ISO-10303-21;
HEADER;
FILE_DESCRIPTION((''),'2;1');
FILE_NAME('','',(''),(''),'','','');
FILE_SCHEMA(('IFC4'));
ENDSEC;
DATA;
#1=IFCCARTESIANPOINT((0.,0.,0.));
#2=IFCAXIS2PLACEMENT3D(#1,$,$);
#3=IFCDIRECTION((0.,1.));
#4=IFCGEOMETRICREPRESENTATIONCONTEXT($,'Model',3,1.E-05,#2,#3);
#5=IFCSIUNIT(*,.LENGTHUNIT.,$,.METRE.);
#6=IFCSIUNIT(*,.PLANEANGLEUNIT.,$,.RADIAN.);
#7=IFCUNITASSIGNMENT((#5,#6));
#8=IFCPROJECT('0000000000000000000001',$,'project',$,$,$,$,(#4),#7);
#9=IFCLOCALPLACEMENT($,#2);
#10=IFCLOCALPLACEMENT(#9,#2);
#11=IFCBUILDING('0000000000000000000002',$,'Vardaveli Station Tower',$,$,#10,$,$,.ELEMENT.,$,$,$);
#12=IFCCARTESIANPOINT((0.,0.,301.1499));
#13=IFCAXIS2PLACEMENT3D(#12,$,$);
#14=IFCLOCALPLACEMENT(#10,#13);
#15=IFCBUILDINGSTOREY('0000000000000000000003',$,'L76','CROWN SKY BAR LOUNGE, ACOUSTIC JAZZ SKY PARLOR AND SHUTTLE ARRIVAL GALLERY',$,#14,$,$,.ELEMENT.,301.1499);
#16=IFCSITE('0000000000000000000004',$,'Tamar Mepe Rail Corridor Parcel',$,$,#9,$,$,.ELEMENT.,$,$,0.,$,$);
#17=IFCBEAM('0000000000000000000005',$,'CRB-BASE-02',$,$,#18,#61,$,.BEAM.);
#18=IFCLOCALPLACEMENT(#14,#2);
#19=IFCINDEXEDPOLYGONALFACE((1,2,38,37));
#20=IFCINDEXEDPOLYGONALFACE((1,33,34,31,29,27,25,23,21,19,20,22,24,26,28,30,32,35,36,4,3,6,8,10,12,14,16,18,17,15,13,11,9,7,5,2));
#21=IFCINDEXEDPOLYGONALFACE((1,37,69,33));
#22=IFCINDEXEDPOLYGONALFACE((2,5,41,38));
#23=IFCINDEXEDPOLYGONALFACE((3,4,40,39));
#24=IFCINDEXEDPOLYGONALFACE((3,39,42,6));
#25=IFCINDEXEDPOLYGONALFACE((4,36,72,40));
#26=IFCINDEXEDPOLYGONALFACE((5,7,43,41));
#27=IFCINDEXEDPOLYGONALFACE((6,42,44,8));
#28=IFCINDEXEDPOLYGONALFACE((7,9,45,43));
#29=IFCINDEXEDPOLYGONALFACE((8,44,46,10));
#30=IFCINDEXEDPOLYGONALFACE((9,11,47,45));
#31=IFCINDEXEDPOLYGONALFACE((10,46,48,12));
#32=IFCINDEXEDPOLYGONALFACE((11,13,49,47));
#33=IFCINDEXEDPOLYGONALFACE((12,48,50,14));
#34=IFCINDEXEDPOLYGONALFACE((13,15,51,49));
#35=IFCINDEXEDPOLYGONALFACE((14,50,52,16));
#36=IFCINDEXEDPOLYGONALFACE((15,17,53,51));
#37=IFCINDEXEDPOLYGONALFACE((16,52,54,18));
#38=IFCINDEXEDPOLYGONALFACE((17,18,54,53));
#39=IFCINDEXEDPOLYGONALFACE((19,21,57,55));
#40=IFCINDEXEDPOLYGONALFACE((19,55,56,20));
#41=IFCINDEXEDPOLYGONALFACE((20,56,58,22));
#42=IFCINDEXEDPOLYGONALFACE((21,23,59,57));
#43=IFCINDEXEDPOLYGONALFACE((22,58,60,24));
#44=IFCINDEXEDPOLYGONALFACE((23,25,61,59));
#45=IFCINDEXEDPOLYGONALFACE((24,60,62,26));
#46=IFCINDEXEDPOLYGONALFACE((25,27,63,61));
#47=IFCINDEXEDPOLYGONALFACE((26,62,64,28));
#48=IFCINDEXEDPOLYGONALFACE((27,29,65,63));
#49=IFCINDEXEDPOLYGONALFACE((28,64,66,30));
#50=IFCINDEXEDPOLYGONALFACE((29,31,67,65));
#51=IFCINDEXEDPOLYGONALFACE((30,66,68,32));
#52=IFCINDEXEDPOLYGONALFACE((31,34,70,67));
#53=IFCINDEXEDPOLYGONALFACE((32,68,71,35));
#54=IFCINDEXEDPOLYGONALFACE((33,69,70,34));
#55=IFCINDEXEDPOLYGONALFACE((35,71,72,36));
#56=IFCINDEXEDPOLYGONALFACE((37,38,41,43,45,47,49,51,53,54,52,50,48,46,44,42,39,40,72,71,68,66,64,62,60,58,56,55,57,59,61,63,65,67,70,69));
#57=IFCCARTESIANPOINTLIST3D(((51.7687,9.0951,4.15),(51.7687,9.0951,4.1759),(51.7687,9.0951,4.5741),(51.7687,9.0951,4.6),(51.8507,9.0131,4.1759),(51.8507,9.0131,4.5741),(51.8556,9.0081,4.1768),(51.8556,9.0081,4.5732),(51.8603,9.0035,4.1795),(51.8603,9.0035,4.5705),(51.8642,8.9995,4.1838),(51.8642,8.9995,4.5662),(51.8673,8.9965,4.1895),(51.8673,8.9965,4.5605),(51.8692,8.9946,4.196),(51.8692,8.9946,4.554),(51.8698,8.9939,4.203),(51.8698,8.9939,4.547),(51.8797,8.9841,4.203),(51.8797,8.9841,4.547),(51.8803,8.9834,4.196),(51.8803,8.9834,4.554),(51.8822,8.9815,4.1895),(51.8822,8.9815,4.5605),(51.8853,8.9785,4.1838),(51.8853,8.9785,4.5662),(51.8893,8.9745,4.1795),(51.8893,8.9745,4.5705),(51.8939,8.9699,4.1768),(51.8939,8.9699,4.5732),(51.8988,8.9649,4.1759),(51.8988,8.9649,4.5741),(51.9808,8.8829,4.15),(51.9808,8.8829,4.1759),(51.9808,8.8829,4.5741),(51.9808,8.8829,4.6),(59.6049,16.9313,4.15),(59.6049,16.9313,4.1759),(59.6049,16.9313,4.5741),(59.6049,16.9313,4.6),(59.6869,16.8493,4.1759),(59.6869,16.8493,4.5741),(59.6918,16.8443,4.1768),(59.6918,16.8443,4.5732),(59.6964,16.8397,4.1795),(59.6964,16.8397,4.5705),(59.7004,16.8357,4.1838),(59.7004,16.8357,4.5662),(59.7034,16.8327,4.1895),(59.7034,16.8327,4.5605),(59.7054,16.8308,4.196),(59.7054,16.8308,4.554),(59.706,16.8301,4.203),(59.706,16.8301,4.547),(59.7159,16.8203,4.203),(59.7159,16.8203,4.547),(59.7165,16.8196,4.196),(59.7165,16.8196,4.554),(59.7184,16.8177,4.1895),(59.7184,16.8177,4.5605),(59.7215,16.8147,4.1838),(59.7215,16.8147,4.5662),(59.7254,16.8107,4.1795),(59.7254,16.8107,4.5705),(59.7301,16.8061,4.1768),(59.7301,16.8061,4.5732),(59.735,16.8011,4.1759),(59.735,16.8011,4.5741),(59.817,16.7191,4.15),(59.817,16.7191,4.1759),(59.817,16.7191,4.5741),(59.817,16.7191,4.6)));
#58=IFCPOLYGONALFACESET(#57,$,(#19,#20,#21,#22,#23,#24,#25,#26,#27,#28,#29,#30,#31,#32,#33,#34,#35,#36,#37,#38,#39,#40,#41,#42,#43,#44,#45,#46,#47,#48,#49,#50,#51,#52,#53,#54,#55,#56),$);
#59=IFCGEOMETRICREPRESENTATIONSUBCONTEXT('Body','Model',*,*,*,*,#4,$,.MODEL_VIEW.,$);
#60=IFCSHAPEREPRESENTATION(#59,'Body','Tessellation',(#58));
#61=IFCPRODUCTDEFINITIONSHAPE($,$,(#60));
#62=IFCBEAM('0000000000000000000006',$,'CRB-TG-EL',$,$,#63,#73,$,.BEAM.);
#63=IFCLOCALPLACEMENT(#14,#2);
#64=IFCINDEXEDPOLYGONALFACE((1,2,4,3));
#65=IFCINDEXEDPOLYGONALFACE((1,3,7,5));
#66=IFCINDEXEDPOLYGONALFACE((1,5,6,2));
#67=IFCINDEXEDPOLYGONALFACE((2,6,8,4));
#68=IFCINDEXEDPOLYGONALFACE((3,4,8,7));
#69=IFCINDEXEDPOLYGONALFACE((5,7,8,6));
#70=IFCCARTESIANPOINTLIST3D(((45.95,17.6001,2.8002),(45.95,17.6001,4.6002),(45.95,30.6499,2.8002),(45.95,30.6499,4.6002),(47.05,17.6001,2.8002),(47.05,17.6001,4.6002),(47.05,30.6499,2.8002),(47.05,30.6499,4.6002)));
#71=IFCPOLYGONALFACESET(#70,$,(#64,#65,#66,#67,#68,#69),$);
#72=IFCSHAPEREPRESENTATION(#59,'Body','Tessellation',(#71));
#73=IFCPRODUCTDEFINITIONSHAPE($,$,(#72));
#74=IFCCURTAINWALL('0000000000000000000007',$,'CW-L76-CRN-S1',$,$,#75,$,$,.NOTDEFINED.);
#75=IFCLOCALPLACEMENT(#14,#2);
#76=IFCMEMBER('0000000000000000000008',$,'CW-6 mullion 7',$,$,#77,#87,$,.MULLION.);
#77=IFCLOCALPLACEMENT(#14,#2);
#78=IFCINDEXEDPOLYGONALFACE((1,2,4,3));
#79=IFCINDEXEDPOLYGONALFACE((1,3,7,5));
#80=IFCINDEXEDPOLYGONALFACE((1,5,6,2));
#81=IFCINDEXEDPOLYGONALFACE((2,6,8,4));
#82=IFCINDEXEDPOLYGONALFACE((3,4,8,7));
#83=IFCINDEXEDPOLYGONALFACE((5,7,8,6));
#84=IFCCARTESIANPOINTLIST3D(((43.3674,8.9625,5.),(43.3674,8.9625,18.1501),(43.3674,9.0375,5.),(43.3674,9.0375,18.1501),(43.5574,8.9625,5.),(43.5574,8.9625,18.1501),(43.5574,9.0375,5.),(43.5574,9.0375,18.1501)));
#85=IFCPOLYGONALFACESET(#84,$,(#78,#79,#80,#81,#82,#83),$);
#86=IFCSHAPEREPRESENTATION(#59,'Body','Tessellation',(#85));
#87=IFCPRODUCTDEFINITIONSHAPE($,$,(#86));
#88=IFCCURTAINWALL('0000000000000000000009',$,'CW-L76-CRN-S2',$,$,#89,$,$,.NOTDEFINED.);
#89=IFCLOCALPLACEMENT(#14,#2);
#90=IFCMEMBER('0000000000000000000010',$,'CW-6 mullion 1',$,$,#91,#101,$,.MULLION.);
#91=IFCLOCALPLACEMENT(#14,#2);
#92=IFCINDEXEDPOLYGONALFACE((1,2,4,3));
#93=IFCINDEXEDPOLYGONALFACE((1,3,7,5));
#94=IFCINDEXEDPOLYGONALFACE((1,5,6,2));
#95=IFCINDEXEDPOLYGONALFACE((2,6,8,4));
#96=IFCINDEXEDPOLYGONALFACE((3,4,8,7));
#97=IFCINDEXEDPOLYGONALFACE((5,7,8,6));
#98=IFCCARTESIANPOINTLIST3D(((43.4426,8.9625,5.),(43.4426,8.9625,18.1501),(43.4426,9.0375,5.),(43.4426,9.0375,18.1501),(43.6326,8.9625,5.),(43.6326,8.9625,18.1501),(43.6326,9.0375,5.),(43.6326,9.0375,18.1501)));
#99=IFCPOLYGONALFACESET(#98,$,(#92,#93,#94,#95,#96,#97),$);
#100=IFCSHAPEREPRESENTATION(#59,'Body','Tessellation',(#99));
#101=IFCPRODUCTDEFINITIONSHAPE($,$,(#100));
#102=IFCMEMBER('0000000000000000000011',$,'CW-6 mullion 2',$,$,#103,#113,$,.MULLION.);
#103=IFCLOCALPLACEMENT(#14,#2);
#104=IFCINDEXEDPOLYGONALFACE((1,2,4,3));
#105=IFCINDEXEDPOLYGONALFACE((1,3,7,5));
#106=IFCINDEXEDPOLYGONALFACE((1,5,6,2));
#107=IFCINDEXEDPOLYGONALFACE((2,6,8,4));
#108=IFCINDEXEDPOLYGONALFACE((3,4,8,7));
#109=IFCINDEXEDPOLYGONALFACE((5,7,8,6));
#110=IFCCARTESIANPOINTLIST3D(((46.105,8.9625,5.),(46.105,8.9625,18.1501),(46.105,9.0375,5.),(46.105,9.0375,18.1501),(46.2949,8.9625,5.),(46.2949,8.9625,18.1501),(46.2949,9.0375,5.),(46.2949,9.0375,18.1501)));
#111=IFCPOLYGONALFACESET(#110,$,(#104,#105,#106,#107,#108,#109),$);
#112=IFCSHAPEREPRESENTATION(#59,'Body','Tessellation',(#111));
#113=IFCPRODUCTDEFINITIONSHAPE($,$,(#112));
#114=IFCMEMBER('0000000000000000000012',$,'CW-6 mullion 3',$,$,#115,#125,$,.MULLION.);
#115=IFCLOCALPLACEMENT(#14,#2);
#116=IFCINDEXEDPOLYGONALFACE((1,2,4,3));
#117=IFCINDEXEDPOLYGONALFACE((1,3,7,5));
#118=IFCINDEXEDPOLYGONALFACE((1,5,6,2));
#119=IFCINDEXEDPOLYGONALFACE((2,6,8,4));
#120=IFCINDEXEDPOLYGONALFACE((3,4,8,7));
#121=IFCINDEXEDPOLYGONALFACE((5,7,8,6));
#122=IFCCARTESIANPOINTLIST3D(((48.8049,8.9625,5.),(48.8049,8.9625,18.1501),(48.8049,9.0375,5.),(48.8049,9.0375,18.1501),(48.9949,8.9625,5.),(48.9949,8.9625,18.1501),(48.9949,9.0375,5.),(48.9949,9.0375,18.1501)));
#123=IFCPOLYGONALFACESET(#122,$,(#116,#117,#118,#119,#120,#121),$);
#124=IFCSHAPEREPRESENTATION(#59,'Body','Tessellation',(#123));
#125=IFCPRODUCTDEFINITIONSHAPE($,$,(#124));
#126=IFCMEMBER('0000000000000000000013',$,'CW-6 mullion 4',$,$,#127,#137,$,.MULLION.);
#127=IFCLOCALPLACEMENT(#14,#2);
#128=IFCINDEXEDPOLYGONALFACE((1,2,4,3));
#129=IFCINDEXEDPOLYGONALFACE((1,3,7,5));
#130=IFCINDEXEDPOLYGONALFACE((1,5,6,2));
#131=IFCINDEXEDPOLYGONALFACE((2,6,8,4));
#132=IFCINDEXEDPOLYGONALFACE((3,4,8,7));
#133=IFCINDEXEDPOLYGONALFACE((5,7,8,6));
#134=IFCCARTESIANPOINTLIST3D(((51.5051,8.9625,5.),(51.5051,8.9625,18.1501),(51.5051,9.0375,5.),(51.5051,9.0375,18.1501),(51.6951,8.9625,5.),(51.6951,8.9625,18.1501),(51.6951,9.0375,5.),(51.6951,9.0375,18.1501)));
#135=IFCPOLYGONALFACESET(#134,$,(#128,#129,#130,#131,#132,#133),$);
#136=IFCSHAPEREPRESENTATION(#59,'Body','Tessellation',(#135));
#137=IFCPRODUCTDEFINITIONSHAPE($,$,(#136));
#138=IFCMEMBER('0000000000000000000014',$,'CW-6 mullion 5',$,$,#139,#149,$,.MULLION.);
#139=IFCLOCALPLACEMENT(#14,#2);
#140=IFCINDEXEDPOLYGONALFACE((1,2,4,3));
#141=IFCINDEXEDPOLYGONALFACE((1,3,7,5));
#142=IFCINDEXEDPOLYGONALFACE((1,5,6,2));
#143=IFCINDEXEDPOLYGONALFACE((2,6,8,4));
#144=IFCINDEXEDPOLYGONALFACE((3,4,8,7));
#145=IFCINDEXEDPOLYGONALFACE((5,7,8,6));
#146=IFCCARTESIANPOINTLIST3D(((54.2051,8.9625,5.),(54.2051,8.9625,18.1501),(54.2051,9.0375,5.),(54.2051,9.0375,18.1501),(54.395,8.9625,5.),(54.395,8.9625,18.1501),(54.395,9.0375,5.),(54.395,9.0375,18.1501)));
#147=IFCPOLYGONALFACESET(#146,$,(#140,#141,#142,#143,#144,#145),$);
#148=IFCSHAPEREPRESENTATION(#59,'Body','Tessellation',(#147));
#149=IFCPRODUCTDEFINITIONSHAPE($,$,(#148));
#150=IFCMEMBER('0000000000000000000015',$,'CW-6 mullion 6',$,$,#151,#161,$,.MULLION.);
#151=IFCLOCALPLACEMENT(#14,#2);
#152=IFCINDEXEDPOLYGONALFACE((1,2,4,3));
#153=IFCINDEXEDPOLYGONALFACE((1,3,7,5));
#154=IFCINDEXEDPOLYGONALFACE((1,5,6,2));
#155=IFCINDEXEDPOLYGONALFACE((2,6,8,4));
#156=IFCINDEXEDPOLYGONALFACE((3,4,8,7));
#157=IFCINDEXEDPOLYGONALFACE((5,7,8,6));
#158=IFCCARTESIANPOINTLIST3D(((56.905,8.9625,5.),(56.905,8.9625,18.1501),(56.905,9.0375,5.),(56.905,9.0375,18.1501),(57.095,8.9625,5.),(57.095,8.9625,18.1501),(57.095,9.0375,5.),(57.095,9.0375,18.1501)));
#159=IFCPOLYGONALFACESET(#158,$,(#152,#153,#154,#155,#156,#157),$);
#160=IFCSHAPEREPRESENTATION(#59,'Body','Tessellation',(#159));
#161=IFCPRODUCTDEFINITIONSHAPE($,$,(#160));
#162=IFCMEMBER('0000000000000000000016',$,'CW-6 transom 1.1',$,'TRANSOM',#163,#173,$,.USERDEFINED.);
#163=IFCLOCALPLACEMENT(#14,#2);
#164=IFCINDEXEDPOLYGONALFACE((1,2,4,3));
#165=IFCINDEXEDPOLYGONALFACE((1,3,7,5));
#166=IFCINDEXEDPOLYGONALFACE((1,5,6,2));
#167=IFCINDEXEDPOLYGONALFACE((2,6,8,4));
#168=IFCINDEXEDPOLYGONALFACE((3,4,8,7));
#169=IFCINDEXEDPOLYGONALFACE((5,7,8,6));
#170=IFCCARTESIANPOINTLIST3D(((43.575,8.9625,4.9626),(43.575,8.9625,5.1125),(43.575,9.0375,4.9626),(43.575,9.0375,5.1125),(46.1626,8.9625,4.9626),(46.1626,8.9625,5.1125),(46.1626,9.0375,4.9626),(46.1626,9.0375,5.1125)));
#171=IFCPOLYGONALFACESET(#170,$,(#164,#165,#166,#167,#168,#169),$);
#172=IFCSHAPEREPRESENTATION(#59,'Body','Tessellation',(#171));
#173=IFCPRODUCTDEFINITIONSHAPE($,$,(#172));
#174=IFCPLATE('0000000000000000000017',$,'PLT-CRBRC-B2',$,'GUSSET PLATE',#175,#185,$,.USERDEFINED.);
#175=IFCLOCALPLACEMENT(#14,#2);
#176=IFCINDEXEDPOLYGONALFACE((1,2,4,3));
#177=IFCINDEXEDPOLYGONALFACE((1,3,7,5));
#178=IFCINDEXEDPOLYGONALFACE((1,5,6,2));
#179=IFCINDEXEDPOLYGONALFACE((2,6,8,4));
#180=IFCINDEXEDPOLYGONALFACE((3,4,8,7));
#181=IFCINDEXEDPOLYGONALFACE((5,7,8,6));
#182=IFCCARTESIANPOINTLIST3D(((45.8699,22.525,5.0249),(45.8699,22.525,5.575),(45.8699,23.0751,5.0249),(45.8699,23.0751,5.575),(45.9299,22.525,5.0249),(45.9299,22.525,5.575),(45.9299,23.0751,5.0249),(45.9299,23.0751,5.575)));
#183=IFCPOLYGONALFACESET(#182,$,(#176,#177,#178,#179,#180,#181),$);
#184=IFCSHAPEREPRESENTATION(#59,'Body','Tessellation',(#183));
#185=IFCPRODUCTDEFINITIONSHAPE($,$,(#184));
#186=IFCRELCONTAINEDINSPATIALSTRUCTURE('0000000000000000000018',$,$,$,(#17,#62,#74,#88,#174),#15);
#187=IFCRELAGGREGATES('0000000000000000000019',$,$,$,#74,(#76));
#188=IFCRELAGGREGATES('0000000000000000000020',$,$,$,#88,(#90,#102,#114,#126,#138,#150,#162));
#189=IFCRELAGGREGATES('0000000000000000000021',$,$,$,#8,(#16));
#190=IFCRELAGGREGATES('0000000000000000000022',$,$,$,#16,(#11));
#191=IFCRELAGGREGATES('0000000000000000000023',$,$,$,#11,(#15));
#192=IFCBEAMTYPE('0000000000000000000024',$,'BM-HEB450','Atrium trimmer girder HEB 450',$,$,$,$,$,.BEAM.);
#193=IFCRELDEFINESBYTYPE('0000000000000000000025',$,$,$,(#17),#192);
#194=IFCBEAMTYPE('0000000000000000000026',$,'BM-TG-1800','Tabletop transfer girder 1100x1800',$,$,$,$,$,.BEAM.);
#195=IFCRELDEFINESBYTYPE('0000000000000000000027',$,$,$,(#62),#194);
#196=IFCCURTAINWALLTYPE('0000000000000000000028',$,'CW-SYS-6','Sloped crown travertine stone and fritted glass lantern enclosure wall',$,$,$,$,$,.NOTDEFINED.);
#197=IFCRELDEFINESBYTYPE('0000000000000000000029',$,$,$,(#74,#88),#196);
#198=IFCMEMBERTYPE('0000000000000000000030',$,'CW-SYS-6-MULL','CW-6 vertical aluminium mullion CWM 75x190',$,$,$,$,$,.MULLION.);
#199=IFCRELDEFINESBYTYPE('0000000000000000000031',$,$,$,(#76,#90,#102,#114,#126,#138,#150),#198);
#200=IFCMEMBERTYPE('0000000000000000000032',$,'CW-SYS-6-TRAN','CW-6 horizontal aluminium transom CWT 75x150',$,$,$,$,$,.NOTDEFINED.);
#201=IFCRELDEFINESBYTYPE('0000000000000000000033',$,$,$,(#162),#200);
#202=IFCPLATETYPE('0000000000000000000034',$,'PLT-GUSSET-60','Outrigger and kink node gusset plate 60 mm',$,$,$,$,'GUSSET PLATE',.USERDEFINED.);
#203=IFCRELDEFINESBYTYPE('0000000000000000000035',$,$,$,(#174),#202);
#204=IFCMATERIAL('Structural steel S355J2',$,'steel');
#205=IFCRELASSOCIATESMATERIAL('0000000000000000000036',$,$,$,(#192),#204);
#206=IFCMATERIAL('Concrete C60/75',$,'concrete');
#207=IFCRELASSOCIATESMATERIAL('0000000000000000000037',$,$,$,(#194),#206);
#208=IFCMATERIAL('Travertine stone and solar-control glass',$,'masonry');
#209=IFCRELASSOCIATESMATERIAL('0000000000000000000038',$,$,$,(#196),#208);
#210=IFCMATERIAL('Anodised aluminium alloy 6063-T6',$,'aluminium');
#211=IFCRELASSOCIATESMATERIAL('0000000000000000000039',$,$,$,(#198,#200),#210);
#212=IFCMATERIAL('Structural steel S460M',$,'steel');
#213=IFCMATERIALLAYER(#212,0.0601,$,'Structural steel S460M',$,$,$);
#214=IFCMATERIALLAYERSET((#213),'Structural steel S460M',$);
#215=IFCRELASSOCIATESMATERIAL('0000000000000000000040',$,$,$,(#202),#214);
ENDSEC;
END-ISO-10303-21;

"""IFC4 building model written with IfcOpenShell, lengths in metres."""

from ifc_helpers import new_model, si_unit, direction, frame, origin, origin_2d, place, context, subcontext, project, spatial, rectangle, i_section, extrude, source, transform, mapped, material, layer, layer_set, material_profile, profile_set, type_object, element, aggregate, save


model = new_model("IFC4")

# Units and contexts
model_context = context("Model", 3, precision=1e-05, world=origin(), true_north=direction((0.0, 1.0)))
body_context = subcontext(model_context, "Body", "Model", "MODEL_VIEW")
ifc_project = project(units=[si_unit("LENGTHUNIT", "METRE"), si_unit("PLANEANGLEUNIT", "RADIAN")], contexts=[model_context])

# Site, building, storey
site_placement = place(None, origin())
site = spatial("IfcSite", under=ifc_project, at=site_placement, Name="Tamar Mepe Rail Corridor Parcel", CompositionType="ELEMENT", RefElevation=0.0)
building_placement = place(site_placement, origin())
building = spatial("IfcBuilding", under=site, at=building_placement, Name="Vardaveli Station Tower", CompositionType="ELEMENT")
storey_placement = place(building_placement, frame((0.0, 0.0, 301.1499)))
storey = spatial("IfcBuildingStorey", under=building, at=storey_placement, Name="L76", Description="CROWN SKY BAR LOUNGE, ACOUSTIC JAZZ SKY PARLOR AND SHUTTLE ARRIVAL GALLERY", CompositionType="ELEMENT", Elevation=301.1499)

# Shared definitions
ifc_material_1 = material(Name="Structural steel S460M", Category="steel")

# Beams
ifc_material_2 = material(Name="Structural steel S355J2", Category="steel")
ifc_material_profile_1 = material_profile(ifc_material_2, i_section(OverallWidth=0.3, OverallDepth=0.45, WebThickness=0.0139, FlangeThickness=0.0259, FilletRadius=0.0271, at=origin_2d()), Name="HEB 450")
ifc_profile_set_1 = profile_set([ifc_material_profile_1], Name="Structural steel S355J2")
beam_type_1 = type_object("IfcBeamType", Name="BM-HEB450", Description="Atrium trimmer girder HEB 450", PredefinedType="BEAM", material=ifc_profile_set_1)
shared_shape_1 = source(origin(), body_context, "Body", "SweptSolid", [
    extrude(i_section(OverallWidth=0.3, OverallDepth=0.45, WebThickness=0.0139, FlangeThickness=0.0259, FilletRadius=0.0271, at=origin_2d()), origin(), (0.0, 0.0, 1.0), 11.082),
])
beam_1_placement = place(storey_placement, frame((51.8748, 8.989, 4.375), z_axis=(0.707107, 0.707107, 0.0), x_axis=(-0.707107, 0.707107, 0.0)))
element("IfcBeam", 1, at=beam_1_placement, inside=storey, type_object=beam_type_1, Name="CRB-BASE-02", PredefinedType="BEAM", context=body_context, shape_type="MappedRepresentation", body=[
    mapped(shared_shape_1, transform((0.0, 0.0, 0.0), scale=1.0)),
])
ifc_material_3 = material(Name="Concrete C60/75", Category="concrete")
ifc_material_profile_2 = material_profile(ifc_material_3, rectangle(XDim=1.1001, YDim=1.8, at=origin_2d()), Name="TG 1100x1800")
ifc_profile_set_2 = profile_set([ifc_material_profile_2], Name="Concrete C60/75")
beam_type_2 = type_object("IfcBeamType", Name="BM-TG-1800", Description="Tabletop transfer girder 1100x1800", PredefinedType="BEAM", material=ifc_profile_set_2)
shared_shape_2 = source(origin(), body_context, "Body", "SweptSolid", [
    extrude(rectangle(XDim=1.1001, YDim=1.8, at=origin_2d()), origin(), (0.0, 0.0, 1.0), 13.0498),
])
beam_2_placement = place(storey_placement, frame((46.5, 17.6001, 3.7002), z_axis=(0.0, 1.0, 0.0), x_axis=(-1.0, 0.0, 0.0)))
element("IfcBeam", 2, at=beam_2_placement, inside=storey, type_object=beam_type_2, Name="CRB-TG-EL", PredefinedType="BEAM", context=body_context, shape_type="MappedRepresentation", body=[
    mapped(shared_shape_2, transform((0.0, 0.0, 0.0), scale=1.0)),
])

# Curtain wall, member
ifc_material_4 = material(Name="Travertine stone and solar-control glass", Category="masonry")
curtain_wall_type = type_object("IfcCurtainWallType", Name="CW-SYS-6", Description="Sloped crown travertine stone and fritted glass lantern enclosure wall", PredefinedType="NOTDEFINED", material=ifc_material_4)
curtain_wall_1_placement = place(storey_placement, origin())
curtain_wall_1 = element("IfcCurtainWall", 3, at=curtain_wall_1_placement, inside=storey, type_object=curtain_wall_type, Name="CW-L76-CRN-S1", PredefinedType="NOTDEFINED")
ifc_material_5 = material(Name="Anodised aluminium alloy 6063-T6", Category="aluminium")
ifc_material_profile_3 = material_profile(ifc_material_5, rectangle(XDim=0.075, YDim=0.1899, at=origin_2d()), Name="CWM 75x190")
ifc_profile_set_3 = profile_set([ifc_material_profile_3], Name="Anodised aluminium alloy 6063-T6")
member_type_1 = type_object("IfcMemberType", Name="CW-SYS-6-MULL", Description="CW-6 vertical aluminium mullion CWM 75x190", PredefinedType="MULLION", material=ifc_profile_set_3)
shared_shape_3 = source(origin(), body_context, "Body", "SweptSolid", [
    extrude(rectangle(XDim=0.075, YDim=0.1899, at=origin_2d()), origin(), (0.0, 0.0, 1.0), 13.1501),
])
member_1_placement = place(storey_placement, frame((43.4624, 9.0, 5.0), z_axis=(0.0, 0.0, 1.0), x_axis=(0.0, 1.0, 0.0)))
member_1 = element("IfcMember", 4, at=member_1_placement, type_object=member_type_1, Name="CW-6 mullion 7", PredefinedType="MULLION", context=body_context, shape_type="MappedRepresentation", body=[
    mapped(shared_shape_3, transform((0.0, 0.0, 0.0), scale=1.0)),
])
aggregate(curtain_wall_1, [member_1])

# Curtain wall, members
curtain_wall_2_placement = place(storey_placement, origin())
curtain_wall_2 = element("IfcCurtainWall", 5, at=curtain_wall_2_placement, inside=storey, type_object=curtain_wall_type, Name="CW-L76-CRN-S2", PredefinedType="NOTDEFINED")
member_2_placement = place(storey_placement, frame((43.5376, 9.0, 5.0), z_axis=(0.0, 0.0, 1.0), x_axis=(0.0, 1.0, 0.0)))
member_2 = element("IfcMember", 6, at=member_2_placement, type_object=member_type_1, Name="CW-6 mullion 1", PredefinedType="MULLION", context=body_context, shape_type="MappedRepresentation", body=[
    mapped(shared_shape_3, transform((0.0, 0.0, 0.0), scale=1.0)),
])
member_3_placement = place(storey_placement, frame((46.2, 9.0, 5.0), z_axis=(0.0, 0.0, 1.0), x_axis=(0.0, 1.0, 0.0)))
member_3 = element("IfcMember", 7, at=member_3_placement, type_object=member_type_1, Name="CW-6 mullion 2", PredefinedType="MULLION", context=body_context, shape_type="MappedRepresentation", body=[
    mapped(shared_shape_3, transform((0.0, 0.0, 0.0), scale=1.0)),
])
member_4_placement = place(storey_placement, frame((48.8999, 9.0, 5.0), z_axis=(0.0, 0.0, 1.0), x_axis=(0.0, 1.0, 0.0)))
member_4 = element("IfcMember", 8, at=member_4_placement, type_object=member_type_1, Name="CW-6 mullion 3", PredefinedType="MULLION", context=body_context, shape_type="MappedRepresentation", body=[
    mapped(shared_shape_3, transform((0.0, 0.0, 0.0), scale=1.0)),
])
member_5_placement = place(storey_placement, frame((51.6001, 9.0, 5.0), z_axis=(0.0, 0.0, 1.0), x_axis=(0.0, 1.0, 0.0)))
member_5 = element("IfcMember", 9, at=member_5_placement, type_object=member_type_1, Name="CW-6 mullion 4", PredefinedType="MULLION", context=body_context, shape_type="MappedRepresentation", body=[
    mapped(shared_shape_3, transform((0.0, 0.0, 0.0), scale=1.0)),
])
member_6_placement = place(storey_placement, frame((54.3, 9.0, 5.0), z_axis=(0.0, 0.0, 1.0), x_axis=(0.0, 1.0, 0.0)))
member_6 = element("IfcMember", 10, at=member_6_placement, type_object=member_type_1, Name="CW-6 mullion 5", PredefinedType="MULLION", context=body_context, shape_type="MappedRepresentation", body=[
    mapped(shared_shape_3, transform((0.0, 0.0, 0.0), scale=1.0)),
])
member_7_placement = place(storey_placement, frame((57.0, 9.0, 5.0), z_axis=(0.0, 0.0, 1.0), x_axis=(0.0, 1.0, 0.0)))
member_7 = element("IfcMember", 11, at=member_7_placement, type_object=member_type_1, Name="CW-6 mullion 6", PredefinedType="MULLION", context=body_context, shape_type="MappedRepresentation", body=[
    mapped(shared_shape_3, transform((0.0, 0.0, 0.0), scale=1.0)),
])
ifc_material_profile_4 = material_profile(ifc_material_5, rectangle(XDim=0.075, YDim=0.1499, at=origin_2d()), Name="CWT 75x150")
ifc_profile_set_4 = profile_set([ifc_material_profile_4], Name="Anodised aluminium alloy 6063-T6")
member_type_2 = type_object("IfcMemberType", Name="CW-SYS-6-TRAN", Description="CW-6 horizontal aluminium transom CWT 75x150", PredefinedType="NOTDEFINED", material=ifc_profile_set_4)
shared_shape_4 = source(origin(), body_context, "Body", "SweptSolid", [
    extrude(rectangle(XDim=0.075, YDim=0.1499, at=origin_2d()), origin(), (0.0, 0.0, 1.0), 2.5876),
])
member_8_placement = place(storey_placement, frame((43.575, 9.0, 5.0376), z_axis=(1.0, 0.0, 0.0), x_axis=(0.0, 1.0, 0.0)))
member_8 = element("IfcMember", 12, at=member_8_placement, type_object=member_type_2, Name="CW-6 transom 1.1", ObjectType="TRANSOM", PredefinedType="USERDEFINED", context=body_context, shape_type="MappedRepresentation", body=[
    mapped(shared_shape_4, transform((0.0, 0.0, 0.0), scale=1.0)),
])
aggregate(curtain_wall_2, [member_2, member_3, member_4, member_5, member_6, member_7, member_8])

# Plate
ifc_layer_1 = layer(ifc_material_1, 0.0601, Name="Structural steel S460M")
ifc_layer_set_1 = layer_set([ifc_layer_1], Name="Structural steel S460M")
plate_type = type_object("IfcPlateType", Name="PLT-GUSSET-60", Description="Outrigger and kink node gusset plate 60 mm", ElementType="GUSSET PLATE", PredefinedType="USERDEFINED", material=ifc_layer_set_1)
shared_shape_5 = source(origin(), body_context, "Body", "SweptSolid", [
    extrude(rectangle(XDim=0.55, YDim=0.0601, at=origin_2d()), origin(), (0.0, 0.0, 1.0), 0.55),
])
plate_placement = place(storey_placement, frame((45.8999, 22.8, 5.0249), z_axis=(0.0, 0.0, 1.0), x_axis=(0.0, 1.0, 0.0)))
element("IfcPlate", 13, at=plate_placement, inside=storey, type_object=plate_type, Name="PLT-CRBRC-B2", ObjectType="GUSSET PLATE", PredefinedType="USERDEFINED", context=body_context, shape_type="MappedRepresentation", body=[
    mapped(shared_shape_5, transform((0.0, 0.0, 0.0), scale=1.0)),
])

save(model, "model.ifc")
